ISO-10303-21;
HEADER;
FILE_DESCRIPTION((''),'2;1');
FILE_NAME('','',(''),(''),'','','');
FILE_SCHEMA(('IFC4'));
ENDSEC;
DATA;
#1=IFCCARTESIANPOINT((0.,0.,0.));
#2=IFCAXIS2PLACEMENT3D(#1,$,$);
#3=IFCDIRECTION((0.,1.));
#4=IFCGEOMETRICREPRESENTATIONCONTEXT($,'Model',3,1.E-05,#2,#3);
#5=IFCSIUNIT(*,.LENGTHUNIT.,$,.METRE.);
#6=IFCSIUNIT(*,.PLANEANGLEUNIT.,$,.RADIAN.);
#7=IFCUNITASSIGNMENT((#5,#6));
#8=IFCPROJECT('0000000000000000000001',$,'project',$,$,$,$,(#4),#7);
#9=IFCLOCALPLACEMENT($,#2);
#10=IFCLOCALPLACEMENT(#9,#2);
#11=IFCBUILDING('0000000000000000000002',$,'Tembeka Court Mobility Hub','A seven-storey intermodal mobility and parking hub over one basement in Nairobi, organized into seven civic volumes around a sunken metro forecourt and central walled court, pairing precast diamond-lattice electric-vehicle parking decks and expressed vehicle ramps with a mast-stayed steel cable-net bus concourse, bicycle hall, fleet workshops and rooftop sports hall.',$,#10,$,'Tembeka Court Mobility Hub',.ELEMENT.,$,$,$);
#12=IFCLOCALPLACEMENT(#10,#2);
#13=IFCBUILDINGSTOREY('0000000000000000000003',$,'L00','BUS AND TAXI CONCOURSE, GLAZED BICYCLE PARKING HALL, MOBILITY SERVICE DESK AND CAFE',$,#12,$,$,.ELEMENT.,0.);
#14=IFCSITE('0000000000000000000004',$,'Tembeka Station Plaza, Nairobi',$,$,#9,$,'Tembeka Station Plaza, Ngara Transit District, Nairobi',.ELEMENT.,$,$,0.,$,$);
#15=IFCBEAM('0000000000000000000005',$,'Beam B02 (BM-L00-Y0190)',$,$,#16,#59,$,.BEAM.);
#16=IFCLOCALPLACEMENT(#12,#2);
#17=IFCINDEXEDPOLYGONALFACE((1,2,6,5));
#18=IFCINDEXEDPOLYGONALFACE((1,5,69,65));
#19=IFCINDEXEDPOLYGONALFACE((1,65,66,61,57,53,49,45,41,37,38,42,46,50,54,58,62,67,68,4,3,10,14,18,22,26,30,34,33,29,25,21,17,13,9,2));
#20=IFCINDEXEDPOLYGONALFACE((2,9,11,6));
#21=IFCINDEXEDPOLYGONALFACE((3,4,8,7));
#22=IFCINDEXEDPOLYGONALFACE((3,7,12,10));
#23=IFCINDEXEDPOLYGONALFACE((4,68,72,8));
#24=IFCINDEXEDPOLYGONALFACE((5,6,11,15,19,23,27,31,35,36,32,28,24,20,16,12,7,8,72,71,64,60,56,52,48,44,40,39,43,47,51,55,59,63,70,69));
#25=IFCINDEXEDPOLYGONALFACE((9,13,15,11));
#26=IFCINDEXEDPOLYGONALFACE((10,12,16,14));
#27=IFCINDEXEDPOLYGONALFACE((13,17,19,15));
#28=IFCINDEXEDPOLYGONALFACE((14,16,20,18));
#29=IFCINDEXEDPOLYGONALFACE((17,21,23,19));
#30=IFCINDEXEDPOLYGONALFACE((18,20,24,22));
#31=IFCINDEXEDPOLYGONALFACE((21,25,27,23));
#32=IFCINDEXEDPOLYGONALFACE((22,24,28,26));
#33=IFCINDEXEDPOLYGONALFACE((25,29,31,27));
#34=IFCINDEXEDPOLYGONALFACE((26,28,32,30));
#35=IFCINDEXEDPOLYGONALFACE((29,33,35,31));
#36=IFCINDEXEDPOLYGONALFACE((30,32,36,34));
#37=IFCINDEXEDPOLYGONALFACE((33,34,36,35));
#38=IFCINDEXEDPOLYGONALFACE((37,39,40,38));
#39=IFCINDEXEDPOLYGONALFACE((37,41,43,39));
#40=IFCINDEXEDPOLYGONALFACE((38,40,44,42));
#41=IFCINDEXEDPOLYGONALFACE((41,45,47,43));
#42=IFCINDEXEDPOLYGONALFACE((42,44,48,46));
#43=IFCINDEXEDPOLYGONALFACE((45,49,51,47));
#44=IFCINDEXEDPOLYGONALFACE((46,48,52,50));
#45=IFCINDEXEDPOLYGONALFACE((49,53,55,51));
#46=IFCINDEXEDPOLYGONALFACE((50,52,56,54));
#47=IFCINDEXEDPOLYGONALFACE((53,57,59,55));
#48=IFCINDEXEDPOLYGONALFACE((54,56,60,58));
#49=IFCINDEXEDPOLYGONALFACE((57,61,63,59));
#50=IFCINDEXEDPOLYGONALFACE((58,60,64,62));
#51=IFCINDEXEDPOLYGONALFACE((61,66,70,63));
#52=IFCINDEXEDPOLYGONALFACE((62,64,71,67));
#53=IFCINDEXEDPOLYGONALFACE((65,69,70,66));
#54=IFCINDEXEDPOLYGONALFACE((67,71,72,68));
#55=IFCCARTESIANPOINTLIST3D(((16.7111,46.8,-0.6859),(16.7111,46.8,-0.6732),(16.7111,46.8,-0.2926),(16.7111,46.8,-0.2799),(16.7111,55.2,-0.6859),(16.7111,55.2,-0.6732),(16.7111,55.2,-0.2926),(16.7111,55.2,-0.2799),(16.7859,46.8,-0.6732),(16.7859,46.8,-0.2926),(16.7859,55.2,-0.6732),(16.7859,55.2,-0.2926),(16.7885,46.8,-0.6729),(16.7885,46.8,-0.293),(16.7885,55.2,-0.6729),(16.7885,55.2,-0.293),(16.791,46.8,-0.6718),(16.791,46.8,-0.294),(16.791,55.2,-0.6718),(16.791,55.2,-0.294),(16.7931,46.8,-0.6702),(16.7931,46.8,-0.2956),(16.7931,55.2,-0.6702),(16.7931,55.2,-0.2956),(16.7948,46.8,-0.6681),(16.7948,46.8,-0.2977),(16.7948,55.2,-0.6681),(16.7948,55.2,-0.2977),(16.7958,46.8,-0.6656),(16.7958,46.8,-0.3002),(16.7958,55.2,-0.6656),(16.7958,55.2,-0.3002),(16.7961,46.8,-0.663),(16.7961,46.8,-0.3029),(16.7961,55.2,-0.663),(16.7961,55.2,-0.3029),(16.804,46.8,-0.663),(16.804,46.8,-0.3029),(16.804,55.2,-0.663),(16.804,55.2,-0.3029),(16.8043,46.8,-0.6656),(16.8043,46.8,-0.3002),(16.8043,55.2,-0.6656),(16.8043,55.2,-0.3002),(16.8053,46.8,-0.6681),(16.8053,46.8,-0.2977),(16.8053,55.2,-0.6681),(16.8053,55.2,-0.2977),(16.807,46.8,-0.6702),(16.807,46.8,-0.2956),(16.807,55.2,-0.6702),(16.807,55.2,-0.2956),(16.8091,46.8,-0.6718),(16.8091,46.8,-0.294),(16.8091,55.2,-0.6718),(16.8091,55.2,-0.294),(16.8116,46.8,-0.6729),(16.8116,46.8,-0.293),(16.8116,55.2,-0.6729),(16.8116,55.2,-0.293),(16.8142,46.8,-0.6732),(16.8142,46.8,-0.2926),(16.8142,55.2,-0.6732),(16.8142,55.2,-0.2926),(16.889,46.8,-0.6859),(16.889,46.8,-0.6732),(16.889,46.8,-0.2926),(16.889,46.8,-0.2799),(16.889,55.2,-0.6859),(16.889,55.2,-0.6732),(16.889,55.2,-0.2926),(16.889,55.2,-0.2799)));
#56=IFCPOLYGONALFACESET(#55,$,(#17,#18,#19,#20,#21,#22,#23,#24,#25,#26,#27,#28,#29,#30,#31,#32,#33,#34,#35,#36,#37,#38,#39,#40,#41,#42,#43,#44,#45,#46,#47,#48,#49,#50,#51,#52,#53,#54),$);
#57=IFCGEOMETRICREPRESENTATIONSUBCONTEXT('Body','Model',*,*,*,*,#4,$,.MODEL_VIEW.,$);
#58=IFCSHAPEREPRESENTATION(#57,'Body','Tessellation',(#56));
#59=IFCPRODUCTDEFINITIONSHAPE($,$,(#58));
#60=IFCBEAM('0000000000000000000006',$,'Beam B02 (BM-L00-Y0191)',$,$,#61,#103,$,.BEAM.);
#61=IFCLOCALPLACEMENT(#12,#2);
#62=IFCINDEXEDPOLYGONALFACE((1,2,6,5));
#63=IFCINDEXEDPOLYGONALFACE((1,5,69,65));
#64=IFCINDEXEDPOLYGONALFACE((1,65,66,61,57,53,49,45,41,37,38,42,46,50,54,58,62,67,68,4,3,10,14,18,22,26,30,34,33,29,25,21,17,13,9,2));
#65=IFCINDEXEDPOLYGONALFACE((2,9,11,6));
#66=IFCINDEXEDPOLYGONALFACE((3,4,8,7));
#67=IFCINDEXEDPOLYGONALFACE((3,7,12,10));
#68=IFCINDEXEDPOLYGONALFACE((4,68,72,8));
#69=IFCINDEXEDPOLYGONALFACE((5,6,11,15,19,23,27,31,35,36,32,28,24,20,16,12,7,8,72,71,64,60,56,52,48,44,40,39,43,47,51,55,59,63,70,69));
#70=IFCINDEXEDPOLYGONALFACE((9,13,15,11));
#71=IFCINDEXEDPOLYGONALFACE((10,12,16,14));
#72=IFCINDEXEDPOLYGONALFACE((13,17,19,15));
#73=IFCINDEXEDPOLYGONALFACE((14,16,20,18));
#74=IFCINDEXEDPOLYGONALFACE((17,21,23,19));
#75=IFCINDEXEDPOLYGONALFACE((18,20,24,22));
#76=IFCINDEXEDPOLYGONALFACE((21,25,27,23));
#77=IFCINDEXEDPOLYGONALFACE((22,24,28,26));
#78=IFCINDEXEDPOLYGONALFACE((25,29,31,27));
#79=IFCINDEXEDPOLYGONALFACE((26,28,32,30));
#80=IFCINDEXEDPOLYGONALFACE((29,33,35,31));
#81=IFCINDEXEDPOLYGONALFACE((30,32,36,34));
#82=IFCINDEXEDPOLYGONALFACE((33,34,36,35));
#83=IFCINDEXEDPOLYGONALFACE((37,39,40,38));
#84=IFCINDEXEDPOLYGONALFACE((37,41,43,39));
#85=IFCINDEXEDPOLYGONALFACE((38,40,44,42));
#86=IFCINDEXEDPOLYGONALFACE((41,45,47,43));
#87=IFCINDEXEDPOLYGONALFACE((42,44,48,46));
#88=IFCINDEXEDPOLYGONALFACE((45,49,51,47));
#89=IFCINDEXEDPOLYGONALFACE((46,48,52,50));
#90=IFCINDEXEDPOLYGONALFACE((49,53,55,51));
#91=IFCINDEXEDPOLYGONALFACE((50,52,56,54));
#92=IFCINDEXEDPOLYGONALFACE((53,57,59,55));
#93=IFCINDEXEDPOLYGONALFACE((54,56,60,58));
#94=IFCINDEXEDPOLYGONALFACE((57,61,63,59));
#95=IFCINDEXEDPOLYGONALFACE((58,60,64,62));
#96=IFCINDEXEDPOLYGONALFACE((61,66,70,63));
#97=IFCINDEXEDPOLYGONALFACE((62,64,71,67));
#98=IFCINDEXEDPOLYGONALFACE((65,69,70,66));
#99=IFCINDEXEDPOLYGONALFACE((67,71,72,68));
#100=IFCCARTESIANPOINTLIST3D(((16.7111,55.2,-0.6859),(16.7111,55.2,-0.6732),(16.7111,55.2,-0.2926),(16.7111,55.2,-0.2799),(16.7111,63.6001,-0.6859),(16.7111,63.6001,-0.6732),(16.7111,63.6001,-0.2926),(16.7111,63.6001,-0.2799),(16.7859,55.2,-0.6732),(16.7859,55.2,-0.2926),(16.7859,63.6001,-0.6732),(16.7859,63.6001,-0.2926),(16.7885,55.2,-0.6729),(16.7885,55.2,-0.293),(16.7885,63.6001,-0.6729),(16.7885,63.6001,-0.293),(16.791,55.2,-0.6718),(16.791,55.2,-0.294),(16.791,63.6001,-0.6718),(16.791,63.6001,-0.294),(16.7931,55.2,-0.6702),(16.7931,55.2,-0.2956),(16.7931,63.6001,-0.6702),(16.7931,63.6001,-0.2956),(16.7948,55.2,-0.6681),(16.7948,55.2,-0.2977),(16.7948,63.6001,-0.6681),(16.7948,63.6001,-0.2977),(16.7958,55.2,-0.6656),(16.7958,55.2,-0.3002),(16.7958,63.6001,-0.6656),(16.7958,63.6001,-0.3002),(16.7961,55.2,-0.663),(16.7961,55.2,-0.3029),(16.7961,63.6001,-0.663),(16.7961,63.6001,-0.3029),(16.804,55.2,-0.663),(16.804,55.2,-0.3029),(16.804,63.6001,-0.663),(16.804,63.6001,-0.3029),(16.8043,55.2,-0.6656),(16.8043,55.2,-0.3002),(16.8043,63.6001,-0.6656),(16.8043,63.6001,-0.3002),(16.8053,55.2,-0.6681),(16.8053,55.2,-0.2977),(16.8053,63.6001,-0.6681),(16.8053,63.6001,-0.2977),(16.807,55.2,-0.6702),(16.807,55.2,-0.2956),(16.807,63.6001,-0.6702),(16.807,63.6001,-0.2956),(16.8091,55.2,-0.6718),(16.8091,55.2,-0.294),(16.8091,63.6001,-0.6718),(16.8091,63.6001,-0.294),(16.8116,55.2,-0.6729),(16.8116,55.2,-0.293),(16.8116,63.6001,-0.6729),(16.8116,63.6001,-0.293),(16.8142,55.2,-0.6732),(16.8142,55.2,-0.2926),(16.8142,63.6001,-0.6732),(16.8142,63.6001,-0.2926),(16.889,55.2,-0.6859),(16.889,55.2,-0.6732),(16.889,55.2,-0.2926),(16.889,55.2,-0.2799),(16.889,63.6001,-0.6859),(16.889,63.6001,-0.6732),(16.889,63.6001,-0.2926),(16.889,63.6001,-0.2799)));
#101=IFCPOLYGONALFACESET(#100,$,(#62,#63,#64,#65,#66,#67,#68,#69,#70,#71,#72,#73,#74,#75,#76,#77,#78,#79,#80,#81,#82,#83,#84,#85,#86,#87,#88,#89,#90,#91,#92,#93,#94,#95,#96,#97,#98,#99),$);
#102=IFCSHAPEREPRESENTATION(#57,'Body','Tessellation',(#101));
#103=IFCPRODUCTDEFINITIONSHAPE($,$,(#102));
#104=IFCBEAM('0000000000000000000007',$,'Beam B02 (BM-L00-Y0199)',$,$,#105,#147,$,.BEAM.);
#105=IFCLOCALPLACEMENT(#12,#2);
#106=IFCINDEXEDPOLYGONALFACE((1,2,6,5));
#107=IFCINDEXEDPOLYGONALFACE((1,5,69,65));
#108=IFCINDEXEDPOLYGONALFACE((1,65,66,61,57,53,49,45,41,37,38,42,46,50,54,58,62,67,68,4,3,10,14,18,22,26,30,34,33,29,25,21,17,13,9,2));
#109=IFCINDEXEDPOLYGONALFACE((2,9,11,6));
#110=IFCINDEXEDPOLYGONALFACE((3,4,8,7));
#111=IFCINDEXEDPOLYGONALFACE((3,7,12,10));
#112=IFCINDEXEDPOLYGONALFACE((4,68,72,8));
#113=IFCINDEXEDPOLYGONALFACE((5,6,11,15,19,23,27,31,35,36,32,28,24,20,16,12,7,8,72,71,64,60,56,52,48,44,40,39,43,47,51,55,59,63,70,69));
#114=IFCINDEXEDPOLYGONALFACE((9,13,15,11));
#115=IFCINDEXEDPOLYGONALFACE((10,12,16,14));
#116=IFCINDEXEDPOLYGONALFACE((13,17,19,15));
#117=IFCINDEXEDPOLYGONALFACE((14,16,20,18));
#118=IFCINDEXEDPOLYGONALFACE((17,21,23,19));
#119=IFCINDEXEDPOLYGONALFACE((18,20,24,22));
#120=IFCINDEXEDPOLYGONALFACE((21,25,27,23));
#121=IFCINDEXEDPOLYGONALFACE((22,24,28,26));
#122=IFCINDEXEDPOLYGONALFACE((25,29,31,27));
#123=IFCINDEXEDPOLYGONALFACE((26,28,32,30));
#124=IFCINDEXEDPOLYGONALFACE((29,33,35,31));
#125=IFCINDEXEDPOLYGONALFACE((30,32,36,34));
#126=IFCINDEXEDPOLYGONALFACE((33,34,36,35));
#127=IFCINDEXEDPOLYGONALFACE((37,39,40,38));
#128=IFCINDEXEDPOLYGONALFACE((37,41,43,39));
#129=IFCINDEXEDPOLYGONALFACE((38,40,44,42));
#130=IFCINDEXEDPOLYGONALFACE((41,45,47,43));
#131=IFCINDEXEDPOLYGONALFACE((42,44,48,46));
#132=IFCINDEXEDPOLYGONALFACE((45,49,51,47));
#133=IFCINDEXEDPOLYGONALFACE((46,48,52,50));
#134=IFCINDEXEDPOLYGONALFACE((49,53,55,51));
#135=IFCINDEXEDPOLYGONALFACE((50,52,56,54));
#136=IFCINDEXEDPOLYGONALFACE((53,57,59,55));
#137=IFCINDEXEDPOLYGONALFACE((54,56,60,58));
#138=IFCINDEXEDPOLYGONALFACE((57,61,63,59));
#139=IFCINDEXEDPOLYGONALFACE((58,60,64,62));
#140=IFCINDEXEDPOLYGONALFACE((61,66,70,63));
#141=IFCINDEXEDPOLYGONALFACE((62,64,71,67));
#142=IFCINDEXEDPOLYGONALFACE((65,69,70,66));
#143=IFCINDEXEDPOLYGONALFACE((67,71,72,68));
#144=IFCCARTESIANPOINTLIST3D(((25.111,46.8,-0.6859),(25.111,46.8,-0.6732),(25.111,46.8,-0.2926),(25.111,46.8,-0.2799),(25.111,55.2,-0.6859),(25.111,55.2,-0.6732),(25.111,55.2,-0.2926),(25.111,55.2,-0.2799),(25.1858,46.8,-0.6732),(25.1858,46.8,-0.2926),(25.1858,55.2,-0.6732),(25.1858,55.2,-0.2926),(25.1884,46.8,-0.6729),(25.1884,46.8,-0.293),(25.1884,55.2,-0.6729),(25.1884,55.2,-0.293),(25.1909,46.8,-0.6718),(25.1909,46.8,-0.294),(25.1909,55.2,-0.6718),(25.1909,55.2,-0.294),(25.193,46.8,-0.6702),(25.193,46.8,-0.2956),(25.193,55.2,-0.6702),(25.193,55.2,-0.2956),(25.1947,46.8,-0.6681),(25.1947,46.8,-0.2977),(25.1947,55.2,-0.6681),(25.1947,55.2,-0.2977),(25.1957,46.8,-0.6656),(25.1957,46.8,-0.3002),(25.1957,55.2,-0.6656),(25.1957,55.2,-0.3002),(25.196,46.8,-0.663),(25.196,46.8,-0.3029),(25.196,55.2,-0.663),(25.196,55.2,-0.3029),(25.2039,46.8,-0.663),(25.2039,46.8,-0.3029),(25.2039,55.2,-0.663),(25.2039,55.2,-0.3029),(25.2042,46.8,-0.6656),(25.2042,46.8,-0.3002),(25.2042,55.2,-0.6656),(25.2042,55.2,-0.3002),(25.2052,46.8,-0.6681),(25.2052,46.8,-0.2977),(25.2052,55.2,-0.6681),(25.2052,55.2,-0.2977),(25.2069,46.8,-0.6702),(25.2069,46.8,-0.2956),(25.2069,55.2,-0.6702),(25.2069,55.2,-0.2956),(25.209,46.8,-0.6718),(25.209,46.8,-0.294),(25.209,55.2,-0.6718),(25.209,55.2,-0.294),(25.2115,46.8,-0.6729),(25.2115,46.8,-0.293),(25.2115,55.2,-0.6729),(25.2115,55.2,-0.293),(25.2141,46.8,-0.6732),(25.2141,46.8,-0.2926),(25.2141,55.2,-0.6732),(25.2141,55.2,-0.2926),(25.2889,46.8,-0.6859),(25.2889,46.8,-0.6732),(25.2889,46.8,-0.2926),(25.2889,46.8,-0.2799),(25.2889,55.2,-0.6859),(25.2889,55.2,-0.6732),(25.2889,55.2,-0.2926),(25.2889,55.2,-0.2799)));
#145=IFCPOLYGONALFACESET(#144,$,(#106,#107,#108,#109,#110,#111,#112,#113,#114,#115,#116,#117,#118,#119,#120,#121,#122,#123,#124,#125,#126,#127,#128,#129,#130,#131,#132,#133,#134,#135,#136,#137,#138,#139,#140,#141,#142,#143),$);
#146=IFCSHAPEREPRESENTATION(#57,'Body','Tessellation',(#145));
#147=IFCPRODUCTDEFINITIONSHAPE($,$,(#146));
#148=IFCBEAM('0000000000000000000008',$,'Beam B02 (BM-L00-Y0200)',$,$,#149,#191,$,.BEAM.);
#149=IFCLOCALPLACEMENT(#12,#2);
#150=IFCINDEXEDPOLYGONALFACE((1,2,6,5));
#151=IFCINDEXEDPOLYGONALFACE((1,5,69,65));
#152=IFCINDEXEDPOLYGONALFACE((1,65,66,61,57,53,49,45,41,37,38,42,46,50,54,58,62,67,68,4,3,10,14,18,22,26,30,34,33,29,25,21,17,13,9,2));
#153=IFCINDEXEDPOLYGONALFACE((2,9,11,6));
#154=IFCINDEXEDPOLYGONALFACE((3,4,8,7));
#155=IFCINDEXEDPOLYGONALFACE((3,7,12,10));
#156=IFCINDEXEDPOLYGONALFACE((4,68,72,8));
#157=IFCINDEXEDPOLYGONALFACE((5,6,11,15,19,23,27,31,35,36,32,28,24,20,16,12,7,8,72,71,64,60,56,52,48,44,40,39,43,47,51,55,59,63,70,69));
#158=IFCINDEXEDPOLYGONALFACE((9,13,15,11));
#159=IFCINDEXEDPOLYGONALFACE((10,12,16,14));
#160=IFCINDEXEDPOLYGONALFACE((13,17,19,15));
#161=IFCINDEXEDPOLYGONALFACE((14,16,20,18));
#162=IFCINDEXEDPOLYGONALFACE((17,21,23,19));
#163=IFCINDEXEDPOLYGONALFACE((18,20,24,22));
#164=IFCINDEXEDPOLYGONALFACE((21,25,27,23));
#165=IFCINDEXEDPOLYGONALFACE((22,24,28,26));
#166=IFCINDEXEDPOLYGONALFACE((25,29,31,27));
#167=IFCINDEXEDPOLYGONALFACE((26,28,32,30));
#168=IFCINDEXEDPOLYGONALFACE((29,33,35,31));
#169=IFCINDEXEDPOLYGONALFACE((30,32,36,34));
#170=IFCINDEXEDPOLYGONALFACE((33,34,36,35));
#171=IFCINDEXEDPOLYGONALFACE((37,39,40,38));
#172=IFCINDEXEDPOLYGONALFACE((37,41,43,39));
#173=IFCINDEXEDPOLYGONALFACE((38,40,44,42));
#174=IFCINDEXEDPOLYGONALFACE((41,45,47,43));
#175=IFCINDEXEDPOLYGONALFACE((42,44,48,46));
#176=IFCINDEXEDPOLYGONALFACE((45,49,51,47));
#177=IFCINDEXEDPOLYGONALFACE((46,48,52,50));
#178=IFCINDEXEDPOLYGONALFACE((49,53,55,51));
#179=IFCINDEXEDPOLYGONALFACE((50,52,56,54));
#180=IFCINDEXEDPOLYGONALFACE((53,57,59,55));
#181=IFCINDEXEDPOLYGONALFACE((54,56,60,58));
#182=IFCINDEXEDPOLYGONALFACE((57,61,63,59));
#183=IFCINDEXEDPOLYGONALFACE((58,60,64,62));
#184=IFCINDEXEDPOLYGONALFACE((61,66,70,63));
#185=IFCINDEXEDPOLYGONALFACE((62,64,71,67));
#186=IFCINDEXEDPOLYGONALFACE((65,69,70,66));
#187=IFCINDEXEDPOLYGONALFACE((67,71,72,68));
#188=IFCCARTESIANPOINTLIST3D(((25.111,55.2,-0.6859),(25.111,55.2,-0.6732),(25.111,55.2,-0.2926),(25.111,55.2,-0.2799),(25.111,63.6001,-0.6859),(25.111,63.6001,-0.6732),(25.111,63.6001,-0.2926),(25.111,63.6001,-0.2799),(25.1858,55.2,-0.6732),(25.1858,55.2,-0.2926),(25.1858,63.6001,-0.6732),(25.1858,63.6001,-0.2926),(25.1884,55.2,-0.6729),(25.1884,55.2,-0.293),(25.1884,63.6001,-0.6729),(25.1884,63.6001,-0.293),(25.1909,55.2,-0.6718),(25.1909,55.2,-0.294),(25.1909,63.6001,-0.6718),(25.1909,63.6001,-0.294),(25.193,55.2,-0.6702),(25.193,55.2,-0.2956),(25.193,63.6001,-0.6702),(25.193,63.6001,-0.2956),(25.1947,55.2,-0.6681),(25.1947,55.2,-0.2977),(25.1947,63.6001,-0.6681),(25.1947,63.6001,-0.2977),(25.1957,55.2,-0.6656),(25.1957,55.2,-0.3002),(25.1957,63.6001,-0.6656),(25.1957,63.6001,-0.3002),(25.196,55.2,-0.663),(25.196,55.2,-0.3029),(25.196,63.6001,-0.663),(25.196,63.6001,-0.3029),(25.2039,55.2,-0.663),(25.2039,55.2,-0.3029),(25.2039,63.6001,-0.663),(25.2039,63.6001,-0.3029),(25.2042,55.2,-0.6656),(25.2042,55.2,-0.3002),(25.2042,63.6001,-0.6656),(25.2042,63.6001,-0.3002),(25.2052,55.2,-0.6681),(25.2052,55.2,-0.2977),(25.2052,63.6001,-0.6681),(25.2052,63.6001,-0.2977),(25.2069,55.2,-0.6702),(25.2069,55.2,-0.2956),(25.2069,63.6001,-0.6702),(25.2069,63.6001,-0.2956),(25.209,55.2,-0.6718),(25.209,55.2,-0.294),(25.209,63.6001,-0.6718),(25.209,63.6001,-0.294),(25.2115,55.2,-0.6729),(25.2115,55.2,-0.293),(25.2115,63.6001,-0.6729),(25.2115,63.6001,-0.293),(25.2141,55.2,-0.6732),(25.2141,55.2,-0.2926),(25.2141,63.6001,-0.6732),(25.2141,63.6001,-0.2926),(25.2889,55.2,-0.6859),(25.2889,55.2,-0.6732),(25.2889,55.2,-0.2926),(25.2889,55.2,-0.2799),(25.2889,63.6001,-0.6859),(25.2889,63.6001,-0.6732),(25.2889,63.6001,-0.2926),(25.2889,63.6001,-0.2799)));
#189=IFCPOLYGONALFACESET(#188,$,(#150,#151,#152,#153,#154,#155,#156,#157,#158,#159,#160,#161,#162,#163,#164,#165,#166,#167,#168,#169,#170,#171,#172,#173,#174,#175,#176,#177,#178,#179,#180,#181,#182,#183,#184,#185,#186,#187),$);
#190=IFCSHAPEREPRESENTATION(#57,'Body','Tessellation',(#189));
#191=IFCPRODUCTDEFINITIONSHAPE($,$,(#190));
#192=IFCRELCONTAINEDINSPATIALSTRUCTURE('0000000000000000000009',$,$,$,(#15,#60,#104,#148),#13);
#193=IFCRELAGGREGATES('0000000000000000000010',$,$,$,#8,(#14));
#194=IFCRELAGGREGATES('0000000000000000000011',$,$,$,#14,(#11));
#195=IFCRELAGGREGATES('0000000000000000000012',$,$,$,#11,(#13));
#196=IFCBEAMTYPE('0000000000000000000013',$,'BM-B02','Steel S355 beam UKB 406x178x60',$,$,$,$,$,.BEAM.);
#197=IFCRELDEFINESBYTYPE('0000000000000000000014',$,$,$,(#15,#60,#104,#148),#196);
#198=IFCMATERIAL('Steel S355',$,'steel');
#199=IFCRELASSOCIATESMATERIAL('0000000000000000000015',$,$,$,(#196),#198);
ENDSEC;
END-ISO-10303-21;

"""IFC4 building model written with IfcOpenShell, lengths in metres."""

from ifc_helpers import new_model, si_unit, direction, frame, origin, origin_2d, place, context, subcontext, project, spatial, i_section, extrude, material, material_profile, profile_set, type_object, element, save


model = new_model("IFC4")

# Units and contexts
model_context = context("Model", 3, precision=1e-05, world=origin(), true_north=direction((0.0, 1.0)))
body_context = subcontext(model_context, "Body", "Model", "MODEL_VIEW")
ifc_project = project(units=[si_unit("LENGTHUNIT", "METRE"), si_unit("PLANEANGLEUNIT", "RADIAN")], contexts=[model_context])

# Site, building, storey
site_placement = place(None, origin())
site = spatial("IfcSite", under=ifc_project, at=site_placement, Name="Tembeka Station Plaza, Nairobi", LongName="Tembeka Station Plaza, Ngara Transit District, Nairobi", CompositionType="ELEMENT", RefElevation=0.0)
building_placement = place(site_placement, origin())
building = spatial("IfcBuilding", under=site, at=building_placement, Name="Tembeka Court Mobility Hub", Description="A seven-storey intermodal mobility and parking hub over one basement in Nairobi, organized into seven civic volumes around a sunken metro forecourt and central walled court, pairing precast diamond-lattice electric-vehicle parking decks and expressed vehicle ramps with a mast-stayed steel cable-net bus concourse, bicycle hall, fleet workshops and rooftop sports hall.", LongName="Tembeka Court Mobility Hub", CompositionType="ELEMENT")
storey_placement = place(building_placement, origin())
storey = spatial("IfcBuildingStorey", under=building, at=storey_placement, Name="L00", Description="BUS AND TAXI CONCOURSE, GLAZED BICYCLE PARKING HALL, MOBILITY SERVICE DESK AND CAFE", CompositionType="ELEMENT", Elevation=0.0)

# Shared definitions
ifc_material_1 = material(Name="Steel S355", Category="steel")

# Beams
ifc_material_profile_1 = material_profile(ifc_material_1, i_section(OverallWidth=0.178, OverallDepth=0.406, WebThickness=0.0078, FlangeThickness=0.0127, FilletRadius=0.0103, at=origin_2d()), Name="UKB 406x178x60")
ifc_profile_set_1 = profile_set([ifc_material_profile_1], Name="Steel S355")
beam_type_1 = type_object("IfcBeamType", Name="BM-B02", Description="Steel S355 beam UKB 406x178x60", PredefinedType="BEAM", material=ifc_profile_set_1)
beam_1_placement = place(storey_placement, frame((16.8, 46.8, -0.4829), z_axis=(0.0, 1.0, 0.0), x_axis=(-1.0, 0.0, 0.0)))
element("IfcBeam", 1, at=beam_1_placement, inside=storey, type_object=beam_type_1, Name="Beam B02 (BM-L00-Y0190)", PredefinedType="BEAM", context=body_context, shape_type="SweptSolid", body=[
    extrude(i_section(OverallWidth=0.178, OverallDepth=0.406, WebThickness=0.0078, FlangeThickness=0.0127, FilletRadius=0.0103, at=origin_2d()), origin(), (0.0, 0.0, 1.0), 8.3999),
])
beam_2_placement = place(storey_placement, frame((16.8, 55.2, -0.4829), z_axis=(0.0, 1.0, 0.0), x_axis=(-1.0, 0.0, 0.0)))
element("IfcBeam", 2, at=beam_2_placement, inside=storey, type_object=beam_type_1, Name="Beam B02 (BM-L00-Y0191)", PredefinedType="BEAM", context=body_context, shape_type="SweptSolid", body=[
    extrude(i_section(OverallWidth=0.178, OverallDepth=0.406, WebThickness=0.0078, FlangeThickness=0.0127, FilletRadius=0.0103, at=origin_2d()), origin(), (0.0, 0.0, 1.0), 8.4001),
])
beam_3_placement = place(storey_placement, frame((25.2, 46.8, -0.4829), z_axis=(0.0, 1.0, 0.0), x_axis=(-1.0, 0.0, 0.0)))
element("IfcBeam", 3, at=beam_3_placement, inside=storey, type_object=beam_type_1, Name="Beam B02 (BM-L00-Y0199)", PredefinedType="BEAM", context=body_context, shape_type="SweptSolid", body=[
    extrude(i_section(OverallWidth=0.178, OverallDepth=0.406, WebThickness=0.0078, FlangeThickness=0.0127, FilletRadius=0.0103, at=origin_2d()), origin(), (0.0, 0.0, 1.0), 8.3999),
])
beam_4_placement = place(storey_placement, frame((25.2, 55.2, -0.4829), z_axis=(0.0, 1.0, 0.0), x_axis=(-1.0, 0.0, 0.0)))
element("IfcBeam", 4, at=beam_4_placement, inside=storey, type_object=beam_type_1, Name="Beam B02 (BM-L00-Y0200)", PredefinedType="BEAM", context=body_context, shape_type="SweptSolid", body=[
    extrude(i_section(OverallWidth=0.178, OverallDepth=0.406, WebThickness=0.0078, FlangeThickness=0.0127, FilletRadius=0.0103, at=origin_2d()), origin(), (0.0, 0.0, 1.0), 8.4001),
])

save(model, "model.ifc")
